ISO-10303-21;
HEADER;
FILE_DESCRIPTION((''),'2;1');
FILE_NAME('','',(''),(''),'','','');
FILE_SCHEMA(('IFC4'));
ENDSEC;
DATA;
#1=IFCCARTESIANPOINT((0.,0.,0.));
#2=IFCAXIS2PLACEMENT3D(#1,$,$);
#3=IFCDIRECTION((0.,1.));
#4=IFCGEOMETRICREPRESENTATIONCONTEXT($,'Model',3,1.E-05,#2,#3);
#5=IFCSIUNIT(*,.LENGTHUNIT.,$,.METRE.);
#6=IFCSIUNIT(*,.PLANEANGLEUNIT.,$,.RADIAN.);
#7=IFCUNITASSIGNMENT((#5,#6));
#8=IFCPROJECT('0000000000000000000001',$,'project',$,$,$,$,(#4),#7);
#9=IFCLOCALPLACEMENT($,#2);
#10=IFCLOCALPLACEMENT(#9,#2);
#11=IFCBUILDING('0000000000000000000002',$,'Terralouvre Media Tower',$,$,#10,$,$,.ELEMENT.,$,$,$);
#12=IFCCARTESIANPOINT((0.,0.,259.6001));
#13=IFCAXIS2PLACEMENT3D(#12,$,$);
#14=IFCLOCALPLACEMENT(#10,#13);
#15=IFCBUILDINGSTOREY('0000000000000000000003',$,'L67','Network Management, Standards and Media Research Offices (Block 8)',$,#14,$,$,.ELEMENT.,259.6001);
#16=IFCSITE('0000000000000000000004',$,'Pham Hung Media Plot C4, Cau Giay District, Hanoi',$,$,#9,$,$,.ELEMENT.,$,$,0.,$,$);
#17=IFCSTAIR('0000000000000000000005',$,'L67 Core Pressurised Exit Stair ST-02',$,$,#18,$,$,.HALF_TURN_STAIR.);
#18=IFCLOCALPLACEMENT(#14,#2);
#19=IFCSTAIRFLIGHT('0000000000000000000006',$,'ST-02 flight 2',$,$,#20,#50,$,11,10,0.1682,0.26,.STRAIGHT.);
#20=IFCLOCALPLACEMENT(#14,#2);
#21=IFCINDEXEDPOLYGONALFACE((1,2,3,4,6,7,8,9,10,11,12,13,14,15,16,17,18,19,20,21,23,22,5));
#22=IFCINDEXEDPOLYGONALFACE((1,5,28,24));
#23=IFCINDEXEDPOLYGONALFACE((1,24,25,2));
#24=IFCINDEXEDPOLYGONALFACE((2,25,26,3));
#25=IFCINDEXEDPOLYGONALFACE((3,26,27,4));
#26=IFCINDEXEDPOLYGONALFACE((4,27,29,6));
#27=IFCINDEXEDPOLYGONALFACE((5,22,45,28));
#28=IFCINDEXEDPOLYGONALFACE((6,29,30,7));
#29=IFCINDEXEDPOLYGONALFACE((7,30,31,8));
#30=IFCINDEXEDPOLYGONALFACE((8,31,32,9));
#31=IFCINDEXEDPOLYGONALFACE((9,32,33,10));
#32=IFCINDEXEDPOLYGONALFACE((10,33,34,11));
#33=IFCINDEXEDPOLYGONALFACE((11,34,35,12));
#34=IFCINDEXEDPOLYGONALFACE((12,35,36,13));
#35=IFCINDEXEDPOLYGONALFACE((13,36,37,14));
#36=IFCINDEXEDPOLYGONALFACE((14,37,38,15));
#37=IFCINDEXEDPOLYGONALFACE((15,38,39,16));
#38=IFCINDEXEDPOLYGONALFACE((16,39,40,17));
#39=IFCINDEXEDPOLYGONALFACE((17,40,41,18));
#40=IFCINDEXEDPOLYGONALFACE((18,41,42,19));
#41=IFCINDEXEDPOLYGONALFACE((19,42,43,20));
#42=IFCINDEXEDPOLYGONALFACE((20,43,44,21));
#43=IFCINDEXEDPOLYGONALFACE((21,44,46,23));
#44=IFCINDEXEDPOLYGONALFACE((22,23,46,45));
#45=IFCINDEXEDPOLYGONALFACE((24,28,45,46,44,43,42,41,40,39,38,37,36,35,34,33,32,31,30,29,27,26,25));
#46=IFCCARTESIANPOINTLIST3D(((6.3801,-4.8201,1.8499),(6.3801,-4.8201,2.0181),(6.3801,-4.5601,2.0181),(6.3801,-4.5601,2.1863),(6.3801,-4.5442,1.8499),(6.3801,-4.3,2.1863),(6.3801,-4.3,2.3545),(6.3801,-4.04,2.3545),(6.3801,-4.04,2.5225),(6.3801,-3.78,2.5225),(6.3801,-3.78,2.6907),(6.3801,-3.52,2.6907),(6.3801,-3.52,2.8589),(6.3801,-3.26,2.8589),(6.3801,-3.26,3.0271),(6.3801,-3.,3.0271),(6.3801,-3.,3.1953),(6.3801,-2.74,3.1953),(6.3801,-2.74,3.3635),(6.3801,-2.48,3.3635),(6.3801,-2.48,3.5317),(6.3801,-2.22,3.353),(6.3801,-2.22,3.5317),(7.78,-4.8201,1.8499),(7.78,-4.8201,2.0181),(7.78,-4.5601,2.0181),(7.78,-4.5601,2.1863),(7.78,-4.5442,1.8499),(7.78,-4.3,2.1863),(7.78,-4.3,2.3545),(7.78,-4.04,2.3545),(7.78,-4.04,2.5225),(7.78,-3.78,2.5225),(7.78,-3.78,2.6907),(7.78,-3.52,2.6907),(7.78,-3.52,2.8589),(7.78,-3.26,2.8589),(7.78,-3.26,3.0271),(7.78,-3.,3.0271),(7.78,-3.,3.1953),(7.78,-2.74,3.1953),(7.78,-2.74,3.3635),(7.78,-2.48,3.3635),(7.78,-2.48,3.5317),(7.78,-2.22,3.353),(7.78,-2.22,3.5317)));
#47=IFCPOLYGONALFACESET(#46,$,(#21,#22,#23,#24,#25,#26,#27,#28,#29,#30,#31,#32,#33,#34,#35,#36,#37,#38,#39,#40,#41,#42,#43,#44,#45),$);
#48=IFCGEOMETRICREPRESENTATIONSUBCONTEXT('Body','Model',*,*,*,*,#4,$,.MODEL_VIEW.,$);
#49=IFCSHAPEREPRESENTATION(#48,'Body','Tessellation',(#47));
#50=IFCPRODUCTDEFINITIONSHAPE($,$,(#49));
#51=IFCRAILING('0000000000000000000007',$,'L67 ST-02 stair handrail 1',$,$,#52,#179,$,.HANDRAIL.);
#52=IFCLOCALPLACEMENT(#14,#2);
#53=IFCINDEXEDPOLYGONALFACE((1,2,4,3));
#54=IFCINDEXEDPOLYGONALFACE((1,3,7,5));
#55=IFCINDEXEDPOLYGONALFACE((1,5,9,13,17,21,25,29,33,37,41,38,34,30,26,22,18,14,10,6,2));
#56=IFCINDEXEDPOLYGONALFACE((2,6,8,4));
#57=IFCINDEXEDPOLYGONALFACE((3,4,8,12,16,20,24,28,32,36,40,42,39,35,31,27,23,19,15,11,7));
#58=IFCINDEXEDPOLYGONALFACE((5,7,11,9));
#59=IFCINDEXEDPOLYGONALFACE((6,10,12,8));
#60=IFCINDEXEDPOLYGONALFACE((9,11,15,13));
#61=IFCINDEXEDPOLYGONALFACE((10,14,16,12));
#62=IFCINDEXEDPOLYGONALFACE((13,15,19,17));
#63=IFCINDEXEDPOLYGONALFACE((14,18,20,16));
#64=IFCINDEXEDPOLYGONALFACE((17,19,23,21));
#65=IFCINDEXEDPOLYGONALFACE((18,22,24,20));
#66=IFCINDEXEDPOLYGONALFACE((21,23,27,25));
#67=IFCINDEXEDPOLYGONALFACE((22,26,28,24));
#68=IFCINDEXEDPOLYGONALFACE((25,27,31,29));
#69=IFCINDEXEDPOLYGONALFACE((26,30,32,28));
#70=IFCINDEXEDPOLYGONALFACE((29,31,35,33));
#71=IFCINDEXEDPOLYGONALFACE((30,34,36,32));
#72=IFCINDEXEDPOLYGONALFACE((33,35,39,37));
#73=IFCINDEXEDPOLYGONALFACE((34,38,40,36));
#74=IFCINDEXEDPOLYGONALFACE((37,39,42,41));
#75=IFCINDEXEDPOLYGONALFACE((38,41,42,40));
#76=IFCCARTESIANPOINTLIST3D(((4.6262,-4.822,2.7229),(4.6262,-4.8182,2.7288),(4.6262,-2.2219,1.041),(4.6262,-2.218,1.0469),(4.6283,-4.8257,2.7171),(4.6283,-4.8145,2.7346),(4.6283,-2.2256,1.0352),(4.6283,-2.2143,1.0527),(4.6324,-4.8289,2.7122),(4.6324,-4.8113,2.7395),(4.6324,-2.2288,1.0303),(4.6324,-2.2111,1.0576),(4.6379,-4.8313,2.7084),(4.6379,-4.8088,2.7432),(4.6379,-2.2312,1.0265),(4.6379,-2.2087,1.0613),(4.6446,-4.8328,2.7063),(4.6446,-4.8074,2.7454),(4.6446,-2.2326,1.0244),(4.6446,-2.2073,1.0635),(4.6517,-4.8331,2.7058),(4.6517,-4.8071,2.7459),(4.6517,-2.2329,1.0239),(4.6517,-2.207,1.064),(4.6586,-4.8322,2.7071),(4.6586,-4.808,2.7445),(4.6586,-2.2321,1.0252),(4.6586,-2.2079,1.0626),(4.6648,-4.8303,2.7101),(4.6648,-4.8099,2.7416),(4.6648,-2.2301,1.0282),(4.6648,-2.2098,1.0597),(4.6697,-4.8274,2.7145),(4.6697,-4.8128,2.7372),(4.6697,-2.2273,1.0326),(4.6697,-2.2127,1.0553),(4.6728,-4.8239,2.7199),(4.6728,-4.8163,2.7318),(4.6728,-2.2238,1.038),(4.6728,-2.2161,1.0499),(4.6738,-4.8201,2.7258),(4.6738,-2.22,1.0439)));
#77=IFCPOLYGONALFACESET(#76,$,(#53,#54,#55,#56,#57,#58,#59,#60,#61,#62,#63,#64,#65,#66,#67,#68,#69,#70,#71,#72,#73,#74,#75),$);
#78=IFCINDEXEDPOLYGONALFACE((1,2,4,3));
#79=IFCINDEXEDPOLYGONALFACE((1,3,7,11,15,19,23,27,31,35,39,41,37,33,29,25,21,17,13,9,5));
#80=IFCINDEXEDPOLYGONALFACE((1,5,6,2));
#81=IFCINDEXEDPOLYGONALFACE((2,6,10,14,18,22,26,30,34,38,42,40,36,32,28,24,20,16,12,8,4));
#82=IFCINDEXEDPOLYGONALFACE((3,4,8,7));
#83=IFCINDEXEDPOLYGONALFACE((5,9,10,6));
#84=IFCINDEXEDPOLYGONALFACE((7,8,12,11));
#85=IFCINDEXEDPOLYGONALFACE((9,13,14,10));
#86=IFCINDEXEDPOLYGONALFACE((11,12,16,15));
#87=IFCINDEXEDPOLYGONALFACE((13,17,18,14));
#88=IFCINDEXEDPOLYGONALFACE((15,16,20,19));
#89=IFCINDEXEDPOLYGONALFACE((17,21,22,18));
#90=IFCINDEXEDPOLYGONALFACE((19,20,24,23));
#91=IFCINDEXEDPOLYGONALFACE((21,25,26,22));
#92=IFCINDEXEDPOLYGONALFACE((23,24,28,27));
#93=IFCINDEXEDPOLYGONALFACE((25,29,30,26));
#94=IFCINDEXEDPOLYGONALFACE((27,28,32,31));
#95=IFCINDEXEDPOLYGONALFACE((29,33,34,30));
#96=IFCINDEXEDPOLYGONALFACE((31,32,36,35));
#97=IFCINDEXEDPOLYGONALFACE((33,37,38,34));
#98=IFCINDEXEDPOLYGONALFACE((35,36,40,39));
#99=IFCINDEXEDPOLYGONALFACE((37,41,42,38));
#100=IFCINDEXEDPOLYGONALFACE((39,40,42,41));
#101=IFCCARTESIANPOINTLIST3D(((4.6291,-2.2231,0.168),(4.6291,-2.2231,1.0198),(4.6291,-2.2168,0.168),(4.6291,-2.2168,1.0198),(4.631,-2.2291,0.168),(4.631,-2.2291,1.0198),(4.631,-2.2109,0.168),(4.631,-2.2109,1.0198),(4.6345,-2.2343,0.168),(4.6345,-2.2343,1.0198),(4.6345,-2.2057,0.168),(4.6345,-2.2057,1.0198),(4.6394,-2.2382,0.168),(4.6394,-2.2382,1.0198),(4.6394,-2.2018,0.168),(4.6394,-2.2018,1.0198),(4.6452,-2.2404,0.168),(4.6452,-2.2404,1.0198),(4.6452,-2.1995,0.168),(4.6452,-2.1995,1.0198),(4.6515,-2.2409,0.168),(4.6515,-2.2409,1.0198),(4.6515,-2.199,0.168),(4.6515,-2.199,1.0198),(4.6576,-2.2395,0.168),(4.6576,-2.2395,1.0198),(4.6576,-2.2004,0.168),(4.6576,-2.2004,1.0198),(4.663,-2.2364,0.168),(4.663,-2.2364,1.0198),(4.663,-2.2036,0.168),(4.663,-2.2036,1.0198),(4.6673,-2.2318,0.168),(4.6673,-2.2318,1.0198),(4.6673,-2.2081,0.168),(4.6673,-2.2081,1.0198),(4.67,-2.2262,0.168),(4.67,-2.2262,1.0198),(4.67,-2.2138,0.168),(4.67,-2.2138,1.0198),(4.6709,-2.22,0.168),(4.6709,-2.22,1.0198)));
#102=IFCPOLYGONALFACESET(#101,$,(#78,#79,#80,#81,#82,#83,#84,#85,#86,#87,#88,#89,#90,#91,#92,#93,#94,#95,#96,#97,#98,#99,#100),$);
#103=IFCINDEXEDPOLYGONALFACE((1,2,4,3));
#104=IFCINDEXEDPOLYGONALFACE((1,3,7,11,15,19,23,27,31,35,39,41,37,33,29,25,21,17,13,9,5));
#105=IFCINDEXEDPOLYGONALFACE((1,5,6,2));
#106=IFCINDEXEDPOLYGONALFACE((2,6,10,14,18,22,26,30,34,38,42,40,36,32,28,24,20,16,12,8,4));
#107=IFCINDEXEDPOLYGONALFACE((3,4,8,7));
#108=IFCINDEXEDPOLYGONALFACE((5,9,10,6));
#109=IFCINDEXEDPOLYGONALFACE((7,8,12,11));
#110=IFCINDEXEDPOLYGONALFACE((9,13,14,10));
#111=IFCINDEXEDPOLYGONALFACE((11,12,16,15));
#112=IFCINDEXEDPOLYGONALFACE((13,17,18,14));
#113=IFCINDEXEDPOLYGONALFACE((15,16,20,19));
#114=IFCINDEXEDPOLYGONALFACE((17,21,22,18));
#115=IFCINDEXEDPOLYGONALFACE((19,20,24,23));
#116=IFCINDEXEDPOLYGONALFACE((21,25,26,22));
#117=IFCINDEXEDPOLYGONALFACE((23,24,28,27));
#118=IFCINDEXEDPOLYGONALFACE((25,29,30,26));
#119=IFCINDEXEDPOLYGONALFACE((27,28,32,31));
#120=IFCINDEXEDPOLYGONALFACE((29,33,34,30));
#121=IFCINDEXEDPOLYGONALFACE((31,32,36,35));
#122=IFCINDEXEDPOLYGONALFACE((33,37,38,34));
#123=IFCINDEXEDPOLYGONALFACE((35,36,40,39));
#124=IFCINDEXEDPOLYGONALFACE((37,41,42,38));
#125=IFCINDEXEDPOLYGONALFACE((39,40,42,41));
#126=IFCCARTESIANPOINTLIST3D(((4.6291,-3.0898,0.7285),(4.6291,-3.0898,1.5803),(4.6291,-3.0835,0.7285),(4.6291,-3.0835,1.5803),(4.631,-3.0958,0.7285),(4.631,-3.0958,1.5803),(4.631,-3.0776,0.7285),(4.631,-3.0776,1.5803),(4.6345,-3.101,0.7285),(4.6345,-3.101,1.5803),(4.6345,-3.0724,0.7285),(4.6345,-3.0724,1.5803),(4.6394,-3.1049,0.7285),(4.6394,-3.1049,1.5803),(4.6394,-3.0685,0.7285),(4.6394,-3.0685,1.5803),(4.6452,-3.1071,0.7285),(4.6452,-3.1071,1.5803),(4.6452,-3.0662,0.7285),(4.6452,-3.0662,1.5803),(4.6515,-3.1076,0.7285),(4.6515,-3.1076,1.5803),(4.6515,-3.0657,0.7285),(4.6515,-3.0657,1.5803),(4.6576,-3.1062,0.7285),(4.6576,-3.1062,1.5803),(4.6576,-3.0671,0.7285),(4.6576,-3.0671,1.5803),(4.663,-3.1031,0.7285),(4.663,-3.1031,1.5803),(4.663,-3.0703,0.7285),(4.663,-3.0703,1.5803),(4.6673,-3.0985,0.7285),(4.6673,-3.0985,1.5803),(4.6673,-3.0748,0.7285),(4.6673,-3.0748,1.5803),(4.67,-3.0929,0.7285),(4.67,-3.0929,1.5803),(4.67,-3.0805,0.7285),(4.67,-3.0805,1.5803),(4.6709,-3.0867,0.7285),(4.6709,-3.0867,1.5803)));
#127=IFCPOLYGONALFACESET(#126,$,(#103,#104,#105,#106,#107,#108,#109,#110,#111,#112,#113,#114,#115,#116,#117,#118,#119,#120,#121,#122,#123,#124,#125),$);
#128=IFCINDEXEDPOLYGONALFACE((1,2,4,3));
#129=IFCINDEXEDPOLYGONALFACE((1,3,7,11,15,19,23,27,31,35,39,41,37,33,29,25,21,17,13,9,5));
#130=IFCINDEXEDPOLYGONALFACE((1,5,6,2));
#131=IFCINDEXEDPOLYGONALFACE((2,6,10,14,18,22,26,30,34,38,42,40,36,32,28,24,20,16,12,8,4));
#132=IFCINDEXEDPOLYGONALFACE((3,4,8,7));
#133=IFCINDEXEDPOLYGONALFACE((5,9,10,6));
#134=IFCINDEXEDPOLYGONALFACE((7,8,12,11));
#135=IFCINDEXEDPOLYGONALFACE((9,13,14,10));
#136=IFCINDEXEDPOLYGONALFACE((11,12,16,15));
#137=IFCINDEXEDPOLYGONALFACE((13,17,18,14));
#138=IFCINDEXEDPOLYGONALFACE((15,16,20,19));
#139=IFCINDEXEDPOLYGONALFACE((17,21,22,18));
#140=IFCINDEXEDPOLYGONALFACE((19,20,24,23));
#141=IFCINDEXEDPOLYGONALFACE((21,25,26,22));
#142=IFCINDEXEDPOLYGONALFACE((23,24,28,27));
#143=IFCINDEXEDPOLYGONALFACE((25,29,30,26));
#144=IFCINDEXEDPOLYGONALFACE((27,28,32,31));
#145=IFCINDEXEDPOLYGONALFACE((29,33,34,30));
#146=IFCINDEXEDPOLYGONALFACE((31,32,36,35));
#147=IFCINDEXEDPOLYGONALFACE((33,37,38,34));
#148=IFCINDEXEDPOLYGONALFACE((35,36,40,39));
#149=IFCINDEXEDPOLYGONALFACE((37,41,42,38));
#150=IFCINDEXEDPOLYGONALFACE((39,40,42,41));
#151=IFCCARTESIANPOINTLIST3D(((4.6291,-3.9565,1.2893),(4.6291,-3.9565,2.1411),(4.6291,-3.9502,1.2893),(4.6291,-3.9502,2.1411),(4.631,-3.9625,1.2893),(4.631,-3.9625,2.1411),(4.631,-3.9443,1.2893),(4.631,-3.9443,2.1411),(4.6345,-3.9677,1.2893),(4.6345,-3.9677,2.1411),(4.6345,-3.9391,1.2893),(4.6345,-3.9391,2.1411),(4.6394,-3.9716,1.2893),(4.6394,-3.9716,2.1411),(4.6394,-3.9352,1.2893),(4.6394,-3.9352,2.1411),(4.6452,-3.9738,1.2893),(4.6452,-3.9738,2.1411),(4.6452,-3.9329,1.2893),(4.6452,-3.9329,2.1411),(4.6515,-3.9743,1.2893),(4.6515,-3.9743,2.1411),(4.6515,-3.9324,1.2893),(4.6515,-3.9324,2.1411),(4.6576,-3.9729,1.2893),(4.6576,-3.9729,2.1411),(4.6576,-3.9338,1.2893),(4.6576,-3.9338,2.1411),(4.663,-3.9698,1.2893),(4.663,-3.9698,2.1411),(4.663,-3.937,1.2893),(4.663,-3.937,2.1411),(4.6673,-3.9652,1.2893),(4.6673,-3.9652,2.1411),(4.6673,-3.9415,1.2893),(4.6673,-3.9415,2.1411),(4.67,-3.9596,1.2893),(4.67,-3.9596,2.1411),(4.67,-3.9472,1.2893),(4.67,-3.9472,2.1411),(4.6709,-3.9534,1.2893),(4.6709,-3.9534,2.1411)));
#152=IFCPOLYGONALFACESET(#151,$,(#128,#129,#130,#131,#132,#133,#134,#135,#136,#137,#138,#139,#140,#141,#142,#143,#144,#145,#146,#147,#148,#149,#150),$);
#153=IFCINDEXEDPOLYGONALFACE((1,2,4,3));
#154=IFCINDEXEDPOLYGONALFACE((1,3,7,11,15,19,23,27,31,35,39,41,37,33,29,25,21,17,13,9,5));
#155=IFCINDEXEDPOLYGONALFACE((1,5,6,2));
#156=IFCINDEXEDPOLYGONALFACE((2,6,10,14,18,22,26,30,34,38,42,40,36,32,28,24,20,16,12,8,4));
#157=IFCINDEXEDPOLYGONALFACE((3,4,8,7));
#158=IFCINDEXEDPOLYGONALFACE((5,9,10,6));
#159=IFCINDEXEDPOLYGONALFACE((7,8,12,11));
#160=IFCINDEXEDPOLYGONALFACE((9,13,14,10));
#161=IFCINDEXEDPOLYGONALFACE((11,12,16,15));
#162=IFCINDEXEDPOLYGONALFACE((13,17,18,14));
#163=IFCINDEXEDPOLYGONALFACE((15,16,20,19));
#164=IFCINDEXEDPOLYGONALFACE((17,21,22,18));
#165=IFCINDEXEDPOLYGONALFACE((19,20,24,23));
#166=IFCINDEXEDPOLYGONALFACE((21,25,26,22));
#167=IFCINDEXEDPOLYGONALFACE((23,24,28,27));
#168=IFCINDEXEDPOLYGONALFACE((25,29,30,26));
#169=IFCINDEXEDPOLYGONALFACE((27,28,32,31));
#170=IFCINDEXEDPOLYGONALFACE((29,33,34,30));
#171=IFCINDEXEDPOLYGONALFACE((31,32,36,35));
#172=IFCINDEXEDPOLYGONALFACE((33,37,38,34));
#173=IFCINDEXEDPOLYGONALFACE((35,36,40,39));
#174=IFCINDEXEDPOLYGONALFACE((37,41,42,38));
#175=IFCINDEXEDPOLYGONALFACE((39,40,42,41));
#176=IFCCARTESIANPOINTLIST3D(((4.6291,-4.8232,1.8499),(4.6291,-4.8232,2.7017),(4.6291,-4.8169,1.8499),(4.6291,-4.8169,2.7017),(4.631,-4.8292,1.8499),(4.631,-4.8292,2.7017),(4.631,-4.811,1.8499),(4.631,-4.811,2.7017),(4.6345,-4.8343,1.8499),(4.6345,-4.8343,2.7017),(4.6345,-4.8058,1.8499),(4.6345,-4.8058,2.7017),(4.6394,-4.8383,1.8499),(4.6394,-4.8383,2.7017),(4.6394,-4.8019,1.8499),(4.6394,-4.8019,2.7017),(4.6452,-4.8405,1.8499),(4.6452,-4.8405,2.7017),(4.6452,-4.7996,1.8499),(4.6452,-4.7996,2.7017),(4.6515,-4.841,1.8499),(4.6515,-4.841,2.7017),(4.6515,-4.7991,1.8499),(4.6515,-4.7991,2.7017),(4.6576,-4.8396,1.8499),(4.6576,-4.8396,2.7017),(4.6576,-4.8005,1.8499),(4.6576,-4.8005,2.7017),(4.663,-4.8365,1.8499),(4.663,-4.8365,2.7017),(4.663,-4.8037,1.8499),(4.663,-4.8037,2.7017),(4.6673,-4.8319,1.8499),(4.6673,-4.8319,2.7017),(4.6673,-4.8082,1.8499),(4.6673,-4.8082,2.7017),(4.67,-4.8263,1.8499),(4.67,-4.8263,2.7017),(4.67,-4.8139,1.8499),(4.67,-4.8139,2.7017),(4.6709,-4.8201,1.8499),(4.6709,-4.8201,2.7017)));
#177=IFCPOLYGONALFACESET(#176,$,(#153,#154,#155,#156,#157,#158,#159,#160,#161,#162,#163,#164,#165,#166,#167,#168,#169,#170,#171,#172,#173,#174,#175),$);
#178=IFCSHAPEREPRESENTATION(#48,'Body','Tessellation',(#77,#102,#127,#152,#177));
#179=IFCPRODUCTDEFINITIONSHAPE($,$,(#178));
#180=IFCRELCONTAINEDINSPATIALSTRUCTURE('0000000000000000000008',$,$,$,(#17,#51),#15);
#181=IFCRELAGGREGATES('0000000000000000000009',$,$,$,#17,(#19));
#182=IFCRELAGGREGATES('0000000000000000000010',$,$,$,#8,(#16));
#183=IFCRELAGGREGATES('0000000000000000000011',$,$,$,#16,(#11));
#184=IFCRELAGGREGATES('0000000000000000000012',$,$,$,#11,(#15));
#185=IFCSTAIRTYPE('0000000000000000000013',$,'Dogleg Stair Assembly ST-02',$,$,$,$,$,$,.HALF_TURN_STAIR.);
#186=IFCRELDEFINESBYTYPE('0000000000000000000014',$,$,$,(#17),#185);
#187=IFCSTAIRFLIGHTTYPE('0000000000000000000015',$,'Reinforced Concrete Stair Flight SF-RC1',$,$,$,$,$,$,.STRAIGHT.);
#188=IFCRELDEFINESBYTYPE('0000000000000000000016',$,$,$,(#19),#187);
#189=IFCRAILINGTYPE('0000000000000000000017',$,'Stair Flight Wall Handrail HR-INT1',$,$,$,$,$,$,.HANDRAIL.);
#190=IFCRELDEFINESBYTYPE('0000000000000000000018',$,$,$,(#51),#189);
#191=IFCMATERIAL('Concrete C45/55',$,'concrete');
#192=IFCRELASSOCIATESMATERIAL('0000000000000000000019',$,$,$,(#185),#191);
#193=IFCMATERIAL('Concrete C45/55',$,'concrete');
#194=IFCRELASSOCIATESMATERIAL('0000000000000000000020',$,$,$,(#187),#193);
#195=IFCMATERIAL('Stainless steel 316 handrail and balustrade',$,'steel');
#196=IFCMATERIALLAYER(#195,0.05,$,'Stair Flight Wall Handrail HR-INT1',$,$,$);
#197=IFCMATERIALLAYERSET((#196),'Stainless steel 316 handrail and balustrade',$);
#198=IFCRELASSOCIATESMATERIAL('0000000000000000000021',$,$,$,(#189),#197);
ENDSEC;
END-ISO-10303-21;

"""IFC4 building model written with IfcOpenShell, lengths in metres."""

from ifc_helpers import new_model, si_unit, direction, frame, origin, origin_2d, place, context, subcontext, project, spatial, polyline, circle, outline, extrude, material, layer, layer_set, type_object, element, aggregate, save


model = new_model("IFC4")

# Units and contexts
model_context = context("Model", 3, precision=1e-05, world=origin(), true_north=direction((0.0, 1.0)))
body_context = subcontext(model_context, "Body", "Model", "MODEL_VIEW")
ifc_project = project(units=[si_unit("LENGTHUNIT", "METRE"), si_unit("PLANEANGLEUNIT", "RADIAN")], contexts=[model_context])

# Site, building, storey
site_placement = place(None, origin())
site = spatial("IfcSite", under=ifc_project, at=site_placement, Name="Pham Hung Media Plot C4, Cau Giay District, Hanoi", CompositionType="ELEMENT", RefElevation=0.0)
building_placement = place(site_placement, origin())
building = spatial("IfcBuilding", under=site, at=building_placement, Name="Terralouvre Media Tower", CompositionType="ELEMENT")
storey_placement = place(building_placement, frame((0.0, 0.0, 259.6001)))
storey = spatial("IfcBuildingStorey", under=building, at=storey_placement, Name="L67", Description="Network Management, Standards and Media Research Offices (Block 8)", CompositionType="ELEMENT", Elevation=259.6001)

# Stair, stair flight
ifc_material_1 = material(Name="Concrete C45/55", Category="concrete")
stair_type = type_object("IfcStairType", Name="Dogleg Stair Assembly ST-02", PredefinedType="HALF_TURN_STAIR", material=ifc_material_1)
stair_placement = place(storey_placement, origin())
stair = element("IfcStair", 1, at=stair_placement, inside=storey, type_object=stair_type, Name="L67 Core Pressurised Exit Stair ST-02", PredefinedType="HALF_TURN_STAIR")
ifc_material_2 = material(Name="Concrete C45/55", Category="concrete")
stair_flight_type = type_object("IfcStairFlightType", Name="Reinforced Concrete Stair Flight SF-RC1", PredefinedType="STRAIGHT", material=ifc_material_2)
stair_flight_1_placement = place(storey_placement, frame((7.0801, -4.8201, 1.8499), z_axis=(0.0, 0.0, 1.0), x_axis=(0.0, 1.0, 0.0)))
stair_flight_1 = element("IfcStairFlight", 2, at=stair_flight_1_placement, type_object=stair_flight_type, Name="ST-02 flight 2", NumberOfRisers=11, NumberOfTreads=10, PredefinedType="STRAIGHT", RiserHeight=0.1682, TreadLength=0.26, context=body_context, shape_type="SweptSolid", body=[
    extrude(outline(polyline([(0.0, 0.0), (0.0, 0.1682), (0.26, 0.1682), (0.26, 0.3364), (0.52, 0.3364), (0.52, 0.5046), (0.78, 0.5046), (0.78, 0.6726), (1.04, 0.6726), (1.04, 0.8408), (1.3, 0.8408), (1.3, 1.009), (1.5601, 1.009), (1.5601, 1.1772), (1.8201, 1.1772), (1.8201, 1.3455), (2.0801, 1.3455), (2.0801, 1.5137), (2.3401, 1.5137), (2.3401, 1.6819), (2.6001, 1.6819), (2.6001, 1.8501), (2.6001, 1.5032), (0.2759, 0.0), (0.0, 0.0)])), frame((0.0, 0.7, 0.0), z_axis=(0.0, -1.0, 0.0), x_axis=(1.0, 0.0, 0.0)), (0.0, 0.0, 1.0), 1.3999),
])
aggregate(stair, [stair_flight_1])

# Railing
ifc_material_3 = material(Name="Stainless steel 316 handrail and balustrade", Category="steel")
ifc_layer_1 = layer(ifc_material_3, 0.05, Name="Stair Flight Wall Handrail HR-INT1")
ifc_layer_set_1 = layer_set([ifc_layer_1], Name="Stainless steel 316 handrail and balustrade")
railing_type_1 = type_object("IfcRailingType", Name="Stair Flight Wall Handrail HR-INT1", PredefinedType="HANDRAIL", material=ifc_layer_set_1)
railing_1_placement = place(storey_placement, frame((4.6499, -2.22, 0.168)))
element("IfcRailing", 3, at=railing_1_placement, inside=storey, type_object=railing_type_1, Name="L67 ST-02 stair handrail 1", PredefinedType="HANDRAIL", context=body_context, shape_type="SweptSolid", body=[
    extrude(circle(Radius=0.0239, at=origin_2d()), frame((0.0, 0.0, 0.876), z_axis=(0.0, -0.839648, 0.54313), x_axis=(1.0, 0.0, 0.0)), (0.0, 0.0, 1.0), 3.0967),
    extrude(circle(Radius=0.021, at=origin_2d()), origin(), (0.0, 0.0, 1.0), 0.8518),
    extrude(circle(Radius=0.021, at=origin_2d()), frame((0.0, -0.8667, 0.5605)), (0.0, 0.0, 1.0), 0.8518),
    extrude(circle(Radius=0.021, at=origin_2d()), frame((0.0, -1.7334, 1.1213)), (0.0, 0.0, 1.0), 0.8518),
    extrude(circle(Radius=0.021, at=origin_2d()), frame((0.0, -2.6001, 1.6819)), (0.0, 0.0, 1.0), 0.8518),
])

save(model, "model.ifc")
